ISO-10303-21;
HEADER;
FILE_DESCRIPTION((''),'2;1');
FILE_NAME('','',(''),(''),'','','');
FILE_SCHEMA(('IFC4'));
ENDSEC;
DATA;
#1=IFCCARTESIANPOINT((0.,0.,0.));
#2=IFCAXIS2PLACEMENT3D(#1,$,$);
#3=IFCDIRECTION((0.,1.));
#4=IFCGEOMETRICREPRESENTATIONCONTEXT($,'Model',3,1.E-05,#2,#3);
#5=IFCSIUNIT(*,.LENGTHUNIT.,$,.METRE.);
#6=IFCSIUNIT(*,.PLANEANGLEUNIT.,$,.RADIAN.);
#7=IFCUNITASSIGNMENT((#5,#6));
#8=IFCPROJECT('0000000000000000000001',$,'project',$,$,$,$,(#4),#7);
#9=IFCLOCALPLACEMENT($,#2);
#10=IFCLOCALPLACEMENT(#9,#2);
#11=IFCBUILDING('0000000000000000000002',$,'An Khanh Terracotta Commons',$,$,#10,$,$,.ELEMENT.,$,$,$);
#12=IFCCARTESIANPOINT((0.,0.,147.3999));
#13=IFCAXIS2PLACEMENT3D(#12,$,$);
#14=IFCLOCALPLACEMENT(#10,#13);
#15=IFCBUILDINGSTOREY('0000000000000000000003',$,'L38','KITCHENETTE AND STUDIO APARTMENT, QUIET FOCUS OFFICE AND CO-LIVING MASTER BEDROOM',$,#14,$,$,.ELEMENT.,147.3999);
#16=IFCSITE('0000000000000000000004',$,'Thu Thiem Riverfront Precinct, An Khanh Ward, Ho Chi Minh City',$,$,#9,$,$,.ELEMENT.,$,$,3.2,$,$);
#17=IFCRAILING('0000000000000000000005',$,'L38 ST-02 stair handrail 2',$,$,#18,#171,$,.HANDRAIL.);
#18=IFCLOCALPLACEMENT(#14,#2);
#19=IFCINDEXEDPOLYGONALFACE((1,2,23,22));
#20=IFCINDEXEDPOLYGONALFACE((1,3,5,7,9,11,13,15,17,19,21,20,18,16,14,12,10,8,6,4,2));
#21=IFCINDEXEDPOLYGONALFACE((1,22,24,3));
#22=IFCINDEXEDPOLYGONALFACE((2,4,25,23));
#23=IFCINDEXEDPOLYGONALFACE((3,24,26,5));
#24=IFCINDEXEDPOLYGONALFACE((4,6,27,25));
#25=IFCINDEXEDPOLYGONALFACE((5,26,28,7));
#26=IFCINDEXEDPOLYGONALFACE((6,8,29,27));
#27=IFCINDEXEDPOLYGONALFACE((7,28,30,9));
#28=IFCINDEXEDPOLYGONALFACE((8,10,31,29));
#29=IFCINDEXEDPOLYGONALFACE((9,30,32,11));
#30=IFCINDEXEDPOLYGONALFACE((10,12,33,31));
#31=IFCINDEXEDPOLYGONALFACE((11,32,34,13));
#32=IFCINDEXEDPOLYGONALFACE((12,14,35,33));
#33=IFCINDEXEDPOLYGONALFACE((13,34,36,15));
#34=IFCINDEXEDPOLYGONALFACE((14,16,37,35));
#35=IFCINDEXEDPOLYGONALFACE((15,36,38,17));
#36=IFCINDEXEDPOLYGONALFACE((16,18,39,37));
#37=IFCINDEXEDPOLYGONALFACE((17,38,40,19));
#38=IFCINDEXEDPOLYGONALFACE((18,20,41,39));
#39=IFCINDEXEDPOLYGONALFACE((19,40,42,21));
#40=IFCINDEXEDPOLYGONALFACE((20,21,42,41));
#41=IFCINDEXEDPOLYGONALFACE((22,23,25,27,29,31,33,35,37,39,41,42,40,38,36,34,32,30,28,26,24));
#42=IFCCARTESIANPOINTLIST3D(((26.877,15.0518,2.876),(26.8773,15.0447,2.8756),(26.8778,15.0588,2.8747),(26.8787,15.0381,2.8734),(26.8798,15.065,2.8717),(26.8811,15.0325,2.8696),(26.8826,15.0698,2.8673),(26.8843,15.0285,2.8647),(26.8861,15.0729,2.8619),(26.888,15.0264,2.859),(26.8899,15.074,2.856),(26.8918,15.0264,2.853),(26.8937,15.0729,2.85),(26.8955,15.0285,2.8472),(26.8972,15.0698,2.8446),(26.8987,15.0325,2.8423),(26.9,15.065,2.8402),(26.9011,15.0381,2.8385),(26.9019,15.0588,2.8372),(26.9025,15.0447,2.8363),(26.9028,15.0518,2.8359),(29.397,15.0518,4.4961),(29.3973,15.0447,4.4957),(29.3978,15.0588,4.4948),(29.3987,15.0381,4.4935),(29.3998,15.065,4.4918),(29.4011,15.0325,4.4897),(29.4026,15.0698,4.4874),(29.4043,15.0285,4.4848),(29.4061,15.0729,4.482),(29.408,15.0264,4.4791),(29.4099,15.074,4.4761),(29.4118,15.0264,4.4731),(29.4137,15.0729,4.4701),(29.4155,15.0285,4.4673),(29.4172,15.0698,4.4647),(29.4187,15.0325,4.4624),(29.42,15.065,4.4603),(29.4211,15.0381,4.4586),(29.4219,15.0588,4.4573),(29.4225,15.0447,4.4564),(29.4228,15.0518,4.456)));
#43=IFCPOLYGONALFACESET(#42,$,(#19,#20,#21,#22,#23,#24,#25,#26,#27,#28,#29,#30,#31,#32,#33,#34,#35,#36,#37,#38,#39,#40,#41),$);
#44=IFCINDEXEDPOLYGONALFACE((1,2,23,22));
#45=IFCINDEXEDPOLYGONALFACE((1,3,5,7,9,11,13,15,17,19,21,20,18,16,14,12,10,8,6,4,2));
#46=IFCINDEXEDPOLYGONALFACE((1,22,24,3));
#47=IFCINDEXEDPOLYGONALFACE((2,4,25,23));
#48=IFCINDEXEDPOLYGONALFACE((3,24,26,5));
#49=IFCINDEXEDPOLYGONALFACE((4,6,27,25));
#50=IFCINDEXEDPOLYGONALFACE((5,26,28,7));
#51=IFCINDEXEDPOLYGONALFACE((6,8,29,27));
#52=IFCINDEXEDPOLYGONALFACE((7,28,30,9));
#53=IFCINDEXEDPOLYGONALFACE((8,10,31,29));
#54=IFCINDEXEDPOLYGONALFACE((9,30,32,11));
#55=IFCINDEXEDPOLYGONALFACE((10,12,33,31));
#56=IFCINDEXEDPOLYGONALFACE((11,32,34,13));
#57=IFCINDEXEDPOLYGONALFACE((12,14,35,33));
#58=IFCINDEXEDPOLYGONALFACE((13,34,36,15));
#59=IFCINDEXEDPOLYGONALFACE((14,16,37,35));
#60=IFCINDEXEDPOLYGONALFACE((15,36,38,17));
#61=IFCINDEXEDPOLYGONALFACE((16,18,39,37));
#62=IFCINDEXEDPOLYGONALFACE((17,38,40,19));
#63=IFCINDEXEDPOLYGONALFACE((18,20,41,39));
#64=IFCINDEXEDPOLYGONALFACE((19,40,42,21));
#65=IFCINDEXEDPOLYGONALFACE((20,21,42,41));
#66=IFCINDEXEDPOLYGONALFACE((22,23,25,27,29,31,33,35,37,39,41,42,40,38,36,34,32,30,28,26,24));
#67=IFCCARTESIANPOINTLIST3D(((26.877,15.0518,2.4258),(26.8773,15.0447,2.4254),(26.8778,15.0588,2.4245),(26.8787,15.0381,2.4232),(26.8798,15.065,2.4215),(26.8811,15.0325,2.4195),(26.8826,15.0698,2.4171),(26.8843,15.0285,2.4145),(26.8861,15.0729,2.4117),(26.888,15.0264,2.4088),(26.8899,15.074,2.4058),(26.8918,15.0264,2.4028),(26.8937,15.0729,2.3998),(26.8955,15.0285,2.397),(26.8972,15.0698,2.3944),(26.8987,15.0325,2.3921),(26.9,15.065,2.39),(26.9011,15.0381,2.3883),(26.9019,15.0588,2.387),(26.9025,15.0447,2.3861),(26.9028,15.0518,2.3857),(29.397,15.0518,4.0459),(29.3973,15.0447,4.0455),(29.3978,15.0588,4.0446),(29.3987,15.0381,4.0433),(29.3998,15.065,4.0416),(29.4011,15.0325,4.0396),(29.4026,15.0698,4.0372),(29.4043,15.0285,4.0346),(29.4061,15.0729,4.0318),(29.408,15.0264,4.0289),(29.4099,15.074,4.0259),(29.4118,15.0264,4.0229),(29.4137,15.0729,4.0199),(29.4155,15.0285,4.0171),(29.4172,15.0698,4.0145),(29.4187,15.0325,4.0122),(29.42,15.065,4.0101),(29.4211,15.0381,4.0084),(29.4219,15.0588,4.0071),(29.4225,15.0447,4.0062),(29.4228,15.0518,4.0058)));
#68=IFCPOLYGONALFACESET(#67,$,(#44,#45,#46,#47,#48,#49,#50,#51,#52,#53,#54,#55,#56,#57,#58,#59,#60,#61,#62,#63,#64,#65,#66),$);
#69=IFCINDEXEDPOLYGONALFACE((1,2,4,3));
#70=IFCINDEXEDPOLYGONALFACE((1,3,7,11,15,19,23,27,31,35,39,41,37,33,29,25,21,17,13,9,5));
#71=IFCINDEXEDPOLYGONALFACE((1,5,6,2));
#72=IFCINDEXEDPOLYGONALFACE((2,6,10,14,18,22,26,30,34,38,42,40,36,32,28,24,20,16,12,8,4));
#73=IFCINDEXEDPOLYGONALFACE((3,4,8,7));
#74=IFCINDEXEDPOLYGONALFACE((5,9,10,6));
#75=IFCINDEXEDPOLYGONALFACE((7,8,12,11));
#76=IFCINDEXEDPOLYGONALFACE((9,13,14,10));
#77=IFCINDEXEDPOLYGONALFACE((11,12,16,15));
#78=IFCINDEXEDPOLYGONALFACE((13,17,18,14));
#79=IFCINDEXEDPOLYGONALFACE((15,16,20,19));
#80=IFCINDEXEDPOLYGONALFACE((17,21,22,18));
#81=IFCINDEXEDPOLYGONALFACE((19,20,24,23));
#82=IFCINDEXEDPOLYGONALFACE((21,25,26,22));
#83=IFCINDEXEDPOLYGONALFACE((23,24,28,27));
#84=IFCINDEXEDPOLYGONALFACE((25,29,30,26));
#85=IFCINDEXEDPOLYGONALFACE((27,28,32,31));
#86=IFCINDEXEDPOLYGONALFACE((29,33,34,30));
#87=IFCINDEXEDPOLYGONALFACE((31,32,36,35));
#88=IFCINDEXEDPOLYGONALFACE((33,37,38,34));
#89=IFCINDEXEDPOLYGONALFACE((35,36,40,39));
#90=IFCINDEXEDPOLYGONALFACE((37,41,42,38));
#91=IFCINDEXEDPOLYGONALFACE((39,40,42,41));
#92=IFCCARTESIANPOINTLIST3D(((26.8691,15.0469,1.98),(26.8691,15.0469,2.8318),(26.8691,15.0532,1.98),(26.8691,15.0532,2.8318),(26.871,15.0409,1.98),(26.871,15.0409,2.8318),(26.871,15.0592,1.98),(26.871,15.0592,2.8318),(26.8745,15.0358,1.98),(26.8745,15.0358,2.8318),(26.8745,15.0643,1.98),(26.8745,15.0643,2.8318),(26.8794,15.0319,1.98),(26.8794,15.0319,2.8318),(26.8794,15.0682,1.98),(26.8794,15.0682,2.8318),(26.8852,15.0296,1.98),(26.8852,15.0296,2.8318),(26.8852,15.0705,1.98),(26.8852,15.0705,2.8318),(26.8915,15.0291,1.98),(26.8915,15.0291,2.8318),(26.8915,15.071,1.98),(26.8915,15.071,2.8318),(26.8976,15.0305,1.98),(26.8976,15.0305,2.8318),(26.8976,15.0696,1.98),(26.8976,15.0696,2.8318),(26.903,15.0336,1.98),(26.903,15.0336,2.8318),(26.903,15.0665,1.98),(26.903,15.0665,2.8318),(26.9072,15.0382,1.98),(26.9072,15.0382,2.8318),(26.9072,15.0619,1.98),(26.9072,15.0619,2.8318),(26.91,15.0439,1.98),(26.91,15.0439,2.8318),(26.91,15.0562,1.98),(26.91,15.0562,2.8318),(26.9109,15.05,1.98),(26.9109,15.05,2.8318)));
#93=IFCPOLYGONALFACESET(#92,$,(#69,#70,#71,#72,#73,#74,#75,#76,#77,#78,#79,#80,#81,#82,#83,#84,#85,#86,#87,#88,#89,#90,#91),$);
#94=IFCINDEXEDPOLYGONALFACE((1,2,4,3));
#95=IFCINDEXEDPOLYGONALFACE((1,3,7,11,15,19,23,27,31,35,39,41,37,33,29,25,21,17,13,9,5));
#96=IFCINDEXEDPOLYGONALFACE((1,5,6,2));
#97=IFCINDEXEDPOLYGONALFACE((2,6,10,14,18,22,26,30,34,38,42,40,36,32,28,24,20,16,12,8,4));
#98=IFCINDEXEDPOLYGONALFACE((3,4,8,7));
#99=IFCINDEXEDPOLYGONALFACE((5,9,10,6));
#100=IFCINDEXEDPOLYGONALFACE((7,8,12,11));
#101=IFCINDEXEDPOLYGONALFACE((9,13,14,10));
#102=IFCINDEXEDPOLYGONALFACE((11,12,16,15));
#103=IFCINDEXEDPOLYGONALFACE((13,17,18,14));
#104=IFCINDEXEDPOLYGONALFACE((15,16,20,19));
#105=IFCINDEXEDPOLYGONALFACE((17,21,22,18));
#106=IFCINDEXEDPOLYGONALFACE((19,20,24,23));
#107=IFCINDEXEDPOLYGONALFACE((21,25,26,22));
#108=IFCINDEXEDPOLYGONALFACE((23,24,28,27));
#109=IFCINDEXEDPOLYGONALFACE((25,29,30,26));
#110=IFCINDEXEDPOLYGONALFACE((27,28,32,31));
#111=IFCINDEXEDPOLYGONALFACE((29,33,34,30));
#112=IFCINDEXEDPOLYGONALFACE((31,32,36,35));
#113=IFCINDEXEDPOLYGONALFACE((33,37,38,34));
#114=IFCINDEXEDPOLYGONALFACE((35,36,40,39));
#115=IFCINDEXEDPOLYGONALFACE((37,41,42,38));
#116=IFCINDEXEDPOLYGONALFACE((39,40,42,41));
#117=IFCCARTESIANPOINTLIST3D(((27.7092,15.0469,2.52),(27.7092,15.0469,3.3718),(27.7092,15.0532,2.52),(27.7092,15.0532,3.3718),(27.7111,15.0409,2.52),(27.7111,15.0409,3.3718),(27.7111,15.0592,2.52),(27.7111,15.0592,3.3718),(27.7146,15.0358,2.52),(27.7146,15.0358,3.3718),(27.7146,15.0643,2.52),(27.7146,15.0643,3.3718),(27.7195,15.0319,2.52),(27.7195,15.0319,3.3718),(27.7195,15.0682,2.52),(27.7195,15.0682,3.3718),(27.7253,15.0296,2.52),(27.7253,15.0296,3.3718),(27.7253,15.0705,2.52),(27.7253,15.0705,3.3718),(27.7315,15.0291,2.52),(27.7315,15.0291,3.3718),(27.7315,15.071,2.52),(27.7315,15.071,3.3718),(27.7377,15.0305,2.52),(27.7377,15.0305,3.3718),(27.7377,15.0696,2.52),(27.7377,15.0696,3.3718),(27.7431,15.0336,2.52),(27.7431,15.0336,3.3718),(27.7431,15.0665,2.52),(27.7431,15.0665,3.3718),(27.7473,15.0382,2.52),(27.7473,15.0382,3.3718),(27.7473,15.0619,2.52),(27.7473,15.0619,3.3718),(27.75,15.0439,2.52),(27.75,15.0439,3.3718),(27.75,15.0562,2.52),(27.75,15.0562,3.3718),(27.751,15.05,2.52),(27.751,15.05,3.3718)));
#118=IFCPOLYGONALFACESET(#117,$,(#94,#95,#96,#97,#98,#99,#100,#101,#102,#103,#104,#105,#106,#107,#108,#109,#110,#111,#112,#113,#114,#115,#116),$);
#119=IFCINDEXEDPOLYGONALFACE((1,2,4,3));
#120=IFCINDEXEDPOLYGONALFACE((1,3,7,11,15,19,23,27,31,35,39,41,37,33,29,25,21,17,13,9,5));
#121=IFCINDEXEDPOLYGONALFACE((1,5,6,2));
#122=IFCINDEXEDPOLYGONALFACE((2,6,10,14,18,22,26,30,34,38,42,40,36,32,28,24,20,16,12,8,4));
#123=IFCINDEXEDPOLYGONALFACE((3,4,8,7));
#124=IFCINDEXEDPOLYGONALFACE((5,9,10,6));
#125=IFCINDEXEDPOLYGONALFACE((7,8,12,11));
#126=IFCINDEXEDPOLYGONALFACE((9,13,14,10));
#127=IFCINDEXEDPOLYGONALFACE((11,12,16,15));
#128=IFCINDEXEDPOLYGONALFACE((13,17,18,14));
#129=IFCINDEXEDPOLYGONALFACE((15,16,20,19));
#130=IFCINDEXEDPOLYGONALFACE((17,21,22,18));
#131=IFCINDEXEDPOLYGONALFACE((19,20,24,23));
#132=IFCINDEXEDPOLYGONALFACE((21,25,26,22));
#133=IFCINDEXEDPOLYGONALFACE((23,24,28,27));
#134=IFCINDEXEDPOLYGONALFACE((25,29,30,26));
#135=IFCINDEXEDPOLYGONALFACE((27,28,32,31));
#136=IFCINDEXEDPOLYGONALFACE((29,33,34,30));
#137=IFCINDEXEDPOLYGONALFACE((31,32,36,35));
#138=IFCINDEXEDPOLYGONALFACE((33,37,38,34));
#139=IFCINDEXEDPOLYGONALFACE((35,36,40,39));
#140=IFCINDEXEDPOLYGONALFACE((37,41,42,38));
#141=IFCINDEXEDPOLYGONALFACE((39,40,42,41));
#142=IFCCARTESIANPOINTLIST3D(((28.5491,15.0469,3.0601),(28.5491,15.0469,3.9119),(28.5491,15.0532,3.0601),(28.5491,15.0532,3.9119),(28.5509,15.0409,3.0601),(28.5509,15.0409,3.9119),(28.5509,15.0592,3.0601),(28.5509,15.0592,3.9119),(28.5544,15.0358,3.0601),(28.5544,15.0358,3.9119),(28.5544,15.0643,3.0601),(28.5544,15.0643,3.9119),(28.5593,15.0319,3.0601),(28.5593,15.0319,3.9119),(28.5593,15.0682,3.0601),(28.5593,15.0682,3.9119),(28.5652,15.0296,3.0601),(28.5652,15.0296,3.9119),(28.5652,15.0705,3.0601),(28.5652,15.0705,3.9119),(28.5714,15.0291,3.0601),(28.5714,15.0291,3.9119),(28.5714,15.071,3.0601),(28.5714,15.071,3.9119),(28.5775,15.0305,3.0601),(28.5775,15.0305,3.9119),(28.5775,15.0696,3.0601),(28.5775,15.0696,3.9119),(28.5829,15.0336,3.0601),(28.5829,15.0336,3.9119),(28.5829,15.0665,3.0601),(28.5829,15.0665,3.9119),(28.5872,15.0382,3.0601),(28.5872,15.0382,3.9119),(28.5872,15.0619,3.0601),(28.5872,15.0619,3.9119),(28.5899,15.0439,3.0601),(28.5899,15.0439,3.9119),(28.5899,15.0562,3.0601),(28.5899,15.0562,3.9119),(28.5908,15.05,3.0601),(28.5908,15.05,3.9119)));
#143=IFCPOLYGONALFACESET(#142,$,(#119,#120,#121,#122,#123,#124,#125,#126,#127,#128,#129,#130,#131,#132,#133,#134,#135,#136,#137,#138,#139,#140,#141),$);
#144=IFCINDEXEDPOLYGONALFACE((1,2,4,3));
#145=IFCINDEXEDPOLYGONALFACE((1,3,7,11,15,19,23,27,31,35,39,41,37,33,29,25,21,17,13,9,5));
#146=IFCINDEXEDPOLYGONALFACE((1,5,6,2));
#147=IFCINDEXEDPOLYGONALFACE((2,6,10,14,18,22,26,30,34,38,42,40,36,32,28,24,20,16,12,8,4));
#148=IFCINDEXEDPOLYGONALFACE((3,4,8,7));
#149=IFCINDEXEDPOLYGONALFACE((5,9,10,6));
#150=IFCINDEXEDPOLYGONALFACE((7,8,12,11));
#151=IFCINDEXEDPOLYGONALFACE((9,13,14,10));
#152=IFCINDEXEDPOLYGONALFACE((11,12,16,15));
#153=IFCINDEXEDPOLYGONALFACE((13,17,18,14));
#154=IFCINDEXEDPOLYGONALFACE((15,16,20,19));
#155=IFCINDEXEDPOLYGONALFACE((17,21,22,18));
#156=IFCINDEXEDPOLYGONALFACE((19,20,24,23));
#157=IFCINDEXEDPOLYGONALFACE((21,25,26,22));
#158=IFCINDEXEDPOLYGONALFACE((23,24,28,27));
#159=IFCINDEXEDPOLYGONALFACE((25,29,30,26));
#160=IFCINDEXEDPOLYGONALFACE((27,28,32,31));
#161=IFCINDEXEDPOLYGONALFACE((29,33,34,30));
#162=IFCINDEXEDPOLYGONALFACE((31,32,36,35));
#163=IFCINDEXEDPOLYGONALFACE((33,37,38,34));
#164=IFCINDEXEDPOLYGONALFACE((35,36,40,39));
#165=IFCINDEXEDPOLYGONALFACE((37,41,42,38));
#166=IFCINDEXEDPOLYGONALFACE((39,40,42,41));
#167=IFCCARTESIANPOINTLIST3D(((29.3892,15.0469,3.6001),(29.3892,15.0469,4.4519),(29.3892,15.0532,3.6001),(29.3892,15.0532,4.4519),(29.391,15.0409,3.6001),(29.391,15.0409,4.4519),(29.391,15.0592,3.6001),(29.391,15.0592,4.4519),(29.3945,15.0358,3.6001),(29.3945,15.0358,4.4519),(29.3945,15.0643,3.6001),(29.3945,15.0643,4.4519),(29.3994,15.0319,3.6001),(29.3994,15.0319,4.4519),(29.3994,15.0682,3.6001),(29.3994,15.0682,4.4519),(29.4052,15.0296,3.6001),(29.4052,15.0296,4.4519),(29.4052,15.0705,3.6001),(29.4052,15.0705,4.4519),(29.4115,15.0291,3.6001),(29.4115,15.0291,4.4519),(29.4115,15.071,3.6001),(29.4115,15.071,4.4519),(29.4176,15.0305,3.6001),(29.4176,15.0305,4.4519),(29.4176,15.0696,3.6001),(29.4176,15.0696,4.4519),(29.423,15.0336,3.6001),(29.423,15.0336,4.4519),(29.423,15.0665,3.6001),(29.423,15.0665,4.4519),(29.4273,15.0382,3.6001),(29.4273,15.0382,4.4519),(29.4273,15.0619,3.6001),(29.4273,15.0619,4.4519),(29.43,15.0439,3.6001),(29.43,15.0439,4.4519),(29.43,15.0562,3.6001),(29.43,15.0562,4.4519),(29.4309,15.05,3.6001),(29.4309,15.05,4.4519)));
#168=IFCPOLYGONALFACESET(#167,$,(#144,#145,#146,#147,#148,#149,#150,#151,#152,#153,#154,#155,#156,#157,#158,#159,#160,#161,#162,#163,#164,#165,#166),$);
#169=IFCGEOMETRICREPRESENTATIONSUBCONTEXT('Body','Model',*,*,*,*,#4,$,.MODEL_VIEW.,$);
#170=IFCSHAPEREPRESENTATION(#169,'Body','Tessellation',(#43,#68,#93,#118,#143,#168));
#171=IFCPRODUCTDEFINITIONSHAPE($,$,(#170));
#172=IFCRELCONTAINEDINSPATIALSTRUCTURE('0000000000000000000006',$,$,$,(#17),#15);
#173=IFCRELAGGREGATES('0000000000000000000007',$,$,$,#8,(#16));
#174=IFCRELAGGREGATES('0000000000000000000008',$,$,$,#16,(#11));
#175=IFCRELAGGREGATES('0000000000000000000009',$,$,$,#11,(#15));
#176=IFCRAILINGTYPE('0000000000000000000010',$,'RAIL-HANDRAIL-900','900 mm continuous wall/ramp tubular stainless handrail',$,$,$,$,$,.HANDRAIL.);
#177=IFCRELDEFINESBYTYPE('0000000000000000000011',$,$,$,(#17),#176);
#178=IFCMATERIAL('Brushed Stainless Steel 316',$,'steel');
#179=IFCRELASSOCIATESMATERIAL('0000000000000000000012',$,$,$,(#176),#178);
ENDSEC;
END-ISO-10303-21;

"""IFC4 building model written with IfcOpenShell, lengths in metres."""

from ifc_helpers import new_model, si_unit, direction, frame, origin, origin_2d, place, context, subcontext, project, spatial, circle, extrude, material, type_object, element, save


model = new_model("IFC4")

# Units and contexts
model_context = context("Model", 3, precision=1e-05, world=origin(), true_north=direction((0.0, 1.0)))
body_context = subcontext(model_context, "Body", "Model", "MODEL_VIEW")
ifc_project = project(units=[si_unit("LENGTHUNIT", "METRE"), si_unit("PLANEANGLEUNIT", "RADIAN")], contexts=[model_context])

# Site, building, storey
site_placement = place(None, origin())
site = spatial("IfcSite", under=ifc_project, at=site_placement, Name="Thu Thiem Riverfront Precinct, An Khanh Ward, Ho Chi Minh City", CompositionType="ELEMENT", RefElevation=3.2)
building_placement = place(site_placement, origin())
building = spatial("IfcBuilding", under=site, at=building_placement, Name="An Khanh Terracotta Commons", CompositionType="ELEMENT")
storey_placement = place(building_placement, frame((0.0, 0.0, 147.3999)))
storey = spatial("IfcBuildingStorey", under=building, at=storey_placement, Name="L38", Description="KITCHENETTE AND STUDIO APARTMENT, QUIET FOCUS OFFICE AND CO-LIVING MASTER BEDROOM", CompositionType="ELEMENT", Elevation=147.3999)

# Railing
ifc_material_1 = material(Name="Brushed Stainless Steel 316", Category="steel")
railing_type_1 = type_object("IfcRailingType", Name="RAIL-HANDRAIL-900", Description="900 mm continuous wall/ramp tubular stainless handrail", PredefinedType="HANDRAIL", material=ifc_material_1)
railing_1_placement = place(storey_placement, frame((26.8899, 15.05, 1.98)))
element("IfcRailing", 1, at=railing_1_placement, inside=storey, type_object=railing_type_1, Name="L38 ST-02 stair handrail 2", PredefinedType="HANDRAIL", context=body_context, shape_type="SweptSolid", body=[
    extrude(circle(Radius=0.0239, at=origin_2d()), frame((0.0, 0.0, 0.876), z_axis=(0.841163, 0.0, 0.540782), x_axis=(0.0, 1.0, 0.0)), (0.0, 0.0, 1.0), 2.9958),
    extrude(circle(Radius=0.0239, at=origin_2d()), frame((0.0, 0.0, 0.4258), z_axis=(0.841163, 0.0, 0.540782), x_axis=(0.0, 1.0, 0.0)), (0.0, 0.0, 1.0), 2.9958),
    extrude(circle(Radius=0.021, at=origin_2d()), origin(), (0.0, 0.0, 1.0), 0.8518),
    extrude(circle(Radius=0.021, at=origin_2d()), frame((0.8401, 0.0, 0.54)), (0.0, 0.0, 1.0), 0.8518),
    extrude(circle(Radius=0.021, at=origin_2d()), frame((1.6799, 0.0, 1.0801)), (0.0, 0.0, 1.0), 0.8518),
    extrude(circle(Radius=0.021, at=origin_2d()), frame((2.52, 0.0, 1.6201)), (0.0, 0.0, 1.0), 0.8518),
])

save(model, "model.ifc")
